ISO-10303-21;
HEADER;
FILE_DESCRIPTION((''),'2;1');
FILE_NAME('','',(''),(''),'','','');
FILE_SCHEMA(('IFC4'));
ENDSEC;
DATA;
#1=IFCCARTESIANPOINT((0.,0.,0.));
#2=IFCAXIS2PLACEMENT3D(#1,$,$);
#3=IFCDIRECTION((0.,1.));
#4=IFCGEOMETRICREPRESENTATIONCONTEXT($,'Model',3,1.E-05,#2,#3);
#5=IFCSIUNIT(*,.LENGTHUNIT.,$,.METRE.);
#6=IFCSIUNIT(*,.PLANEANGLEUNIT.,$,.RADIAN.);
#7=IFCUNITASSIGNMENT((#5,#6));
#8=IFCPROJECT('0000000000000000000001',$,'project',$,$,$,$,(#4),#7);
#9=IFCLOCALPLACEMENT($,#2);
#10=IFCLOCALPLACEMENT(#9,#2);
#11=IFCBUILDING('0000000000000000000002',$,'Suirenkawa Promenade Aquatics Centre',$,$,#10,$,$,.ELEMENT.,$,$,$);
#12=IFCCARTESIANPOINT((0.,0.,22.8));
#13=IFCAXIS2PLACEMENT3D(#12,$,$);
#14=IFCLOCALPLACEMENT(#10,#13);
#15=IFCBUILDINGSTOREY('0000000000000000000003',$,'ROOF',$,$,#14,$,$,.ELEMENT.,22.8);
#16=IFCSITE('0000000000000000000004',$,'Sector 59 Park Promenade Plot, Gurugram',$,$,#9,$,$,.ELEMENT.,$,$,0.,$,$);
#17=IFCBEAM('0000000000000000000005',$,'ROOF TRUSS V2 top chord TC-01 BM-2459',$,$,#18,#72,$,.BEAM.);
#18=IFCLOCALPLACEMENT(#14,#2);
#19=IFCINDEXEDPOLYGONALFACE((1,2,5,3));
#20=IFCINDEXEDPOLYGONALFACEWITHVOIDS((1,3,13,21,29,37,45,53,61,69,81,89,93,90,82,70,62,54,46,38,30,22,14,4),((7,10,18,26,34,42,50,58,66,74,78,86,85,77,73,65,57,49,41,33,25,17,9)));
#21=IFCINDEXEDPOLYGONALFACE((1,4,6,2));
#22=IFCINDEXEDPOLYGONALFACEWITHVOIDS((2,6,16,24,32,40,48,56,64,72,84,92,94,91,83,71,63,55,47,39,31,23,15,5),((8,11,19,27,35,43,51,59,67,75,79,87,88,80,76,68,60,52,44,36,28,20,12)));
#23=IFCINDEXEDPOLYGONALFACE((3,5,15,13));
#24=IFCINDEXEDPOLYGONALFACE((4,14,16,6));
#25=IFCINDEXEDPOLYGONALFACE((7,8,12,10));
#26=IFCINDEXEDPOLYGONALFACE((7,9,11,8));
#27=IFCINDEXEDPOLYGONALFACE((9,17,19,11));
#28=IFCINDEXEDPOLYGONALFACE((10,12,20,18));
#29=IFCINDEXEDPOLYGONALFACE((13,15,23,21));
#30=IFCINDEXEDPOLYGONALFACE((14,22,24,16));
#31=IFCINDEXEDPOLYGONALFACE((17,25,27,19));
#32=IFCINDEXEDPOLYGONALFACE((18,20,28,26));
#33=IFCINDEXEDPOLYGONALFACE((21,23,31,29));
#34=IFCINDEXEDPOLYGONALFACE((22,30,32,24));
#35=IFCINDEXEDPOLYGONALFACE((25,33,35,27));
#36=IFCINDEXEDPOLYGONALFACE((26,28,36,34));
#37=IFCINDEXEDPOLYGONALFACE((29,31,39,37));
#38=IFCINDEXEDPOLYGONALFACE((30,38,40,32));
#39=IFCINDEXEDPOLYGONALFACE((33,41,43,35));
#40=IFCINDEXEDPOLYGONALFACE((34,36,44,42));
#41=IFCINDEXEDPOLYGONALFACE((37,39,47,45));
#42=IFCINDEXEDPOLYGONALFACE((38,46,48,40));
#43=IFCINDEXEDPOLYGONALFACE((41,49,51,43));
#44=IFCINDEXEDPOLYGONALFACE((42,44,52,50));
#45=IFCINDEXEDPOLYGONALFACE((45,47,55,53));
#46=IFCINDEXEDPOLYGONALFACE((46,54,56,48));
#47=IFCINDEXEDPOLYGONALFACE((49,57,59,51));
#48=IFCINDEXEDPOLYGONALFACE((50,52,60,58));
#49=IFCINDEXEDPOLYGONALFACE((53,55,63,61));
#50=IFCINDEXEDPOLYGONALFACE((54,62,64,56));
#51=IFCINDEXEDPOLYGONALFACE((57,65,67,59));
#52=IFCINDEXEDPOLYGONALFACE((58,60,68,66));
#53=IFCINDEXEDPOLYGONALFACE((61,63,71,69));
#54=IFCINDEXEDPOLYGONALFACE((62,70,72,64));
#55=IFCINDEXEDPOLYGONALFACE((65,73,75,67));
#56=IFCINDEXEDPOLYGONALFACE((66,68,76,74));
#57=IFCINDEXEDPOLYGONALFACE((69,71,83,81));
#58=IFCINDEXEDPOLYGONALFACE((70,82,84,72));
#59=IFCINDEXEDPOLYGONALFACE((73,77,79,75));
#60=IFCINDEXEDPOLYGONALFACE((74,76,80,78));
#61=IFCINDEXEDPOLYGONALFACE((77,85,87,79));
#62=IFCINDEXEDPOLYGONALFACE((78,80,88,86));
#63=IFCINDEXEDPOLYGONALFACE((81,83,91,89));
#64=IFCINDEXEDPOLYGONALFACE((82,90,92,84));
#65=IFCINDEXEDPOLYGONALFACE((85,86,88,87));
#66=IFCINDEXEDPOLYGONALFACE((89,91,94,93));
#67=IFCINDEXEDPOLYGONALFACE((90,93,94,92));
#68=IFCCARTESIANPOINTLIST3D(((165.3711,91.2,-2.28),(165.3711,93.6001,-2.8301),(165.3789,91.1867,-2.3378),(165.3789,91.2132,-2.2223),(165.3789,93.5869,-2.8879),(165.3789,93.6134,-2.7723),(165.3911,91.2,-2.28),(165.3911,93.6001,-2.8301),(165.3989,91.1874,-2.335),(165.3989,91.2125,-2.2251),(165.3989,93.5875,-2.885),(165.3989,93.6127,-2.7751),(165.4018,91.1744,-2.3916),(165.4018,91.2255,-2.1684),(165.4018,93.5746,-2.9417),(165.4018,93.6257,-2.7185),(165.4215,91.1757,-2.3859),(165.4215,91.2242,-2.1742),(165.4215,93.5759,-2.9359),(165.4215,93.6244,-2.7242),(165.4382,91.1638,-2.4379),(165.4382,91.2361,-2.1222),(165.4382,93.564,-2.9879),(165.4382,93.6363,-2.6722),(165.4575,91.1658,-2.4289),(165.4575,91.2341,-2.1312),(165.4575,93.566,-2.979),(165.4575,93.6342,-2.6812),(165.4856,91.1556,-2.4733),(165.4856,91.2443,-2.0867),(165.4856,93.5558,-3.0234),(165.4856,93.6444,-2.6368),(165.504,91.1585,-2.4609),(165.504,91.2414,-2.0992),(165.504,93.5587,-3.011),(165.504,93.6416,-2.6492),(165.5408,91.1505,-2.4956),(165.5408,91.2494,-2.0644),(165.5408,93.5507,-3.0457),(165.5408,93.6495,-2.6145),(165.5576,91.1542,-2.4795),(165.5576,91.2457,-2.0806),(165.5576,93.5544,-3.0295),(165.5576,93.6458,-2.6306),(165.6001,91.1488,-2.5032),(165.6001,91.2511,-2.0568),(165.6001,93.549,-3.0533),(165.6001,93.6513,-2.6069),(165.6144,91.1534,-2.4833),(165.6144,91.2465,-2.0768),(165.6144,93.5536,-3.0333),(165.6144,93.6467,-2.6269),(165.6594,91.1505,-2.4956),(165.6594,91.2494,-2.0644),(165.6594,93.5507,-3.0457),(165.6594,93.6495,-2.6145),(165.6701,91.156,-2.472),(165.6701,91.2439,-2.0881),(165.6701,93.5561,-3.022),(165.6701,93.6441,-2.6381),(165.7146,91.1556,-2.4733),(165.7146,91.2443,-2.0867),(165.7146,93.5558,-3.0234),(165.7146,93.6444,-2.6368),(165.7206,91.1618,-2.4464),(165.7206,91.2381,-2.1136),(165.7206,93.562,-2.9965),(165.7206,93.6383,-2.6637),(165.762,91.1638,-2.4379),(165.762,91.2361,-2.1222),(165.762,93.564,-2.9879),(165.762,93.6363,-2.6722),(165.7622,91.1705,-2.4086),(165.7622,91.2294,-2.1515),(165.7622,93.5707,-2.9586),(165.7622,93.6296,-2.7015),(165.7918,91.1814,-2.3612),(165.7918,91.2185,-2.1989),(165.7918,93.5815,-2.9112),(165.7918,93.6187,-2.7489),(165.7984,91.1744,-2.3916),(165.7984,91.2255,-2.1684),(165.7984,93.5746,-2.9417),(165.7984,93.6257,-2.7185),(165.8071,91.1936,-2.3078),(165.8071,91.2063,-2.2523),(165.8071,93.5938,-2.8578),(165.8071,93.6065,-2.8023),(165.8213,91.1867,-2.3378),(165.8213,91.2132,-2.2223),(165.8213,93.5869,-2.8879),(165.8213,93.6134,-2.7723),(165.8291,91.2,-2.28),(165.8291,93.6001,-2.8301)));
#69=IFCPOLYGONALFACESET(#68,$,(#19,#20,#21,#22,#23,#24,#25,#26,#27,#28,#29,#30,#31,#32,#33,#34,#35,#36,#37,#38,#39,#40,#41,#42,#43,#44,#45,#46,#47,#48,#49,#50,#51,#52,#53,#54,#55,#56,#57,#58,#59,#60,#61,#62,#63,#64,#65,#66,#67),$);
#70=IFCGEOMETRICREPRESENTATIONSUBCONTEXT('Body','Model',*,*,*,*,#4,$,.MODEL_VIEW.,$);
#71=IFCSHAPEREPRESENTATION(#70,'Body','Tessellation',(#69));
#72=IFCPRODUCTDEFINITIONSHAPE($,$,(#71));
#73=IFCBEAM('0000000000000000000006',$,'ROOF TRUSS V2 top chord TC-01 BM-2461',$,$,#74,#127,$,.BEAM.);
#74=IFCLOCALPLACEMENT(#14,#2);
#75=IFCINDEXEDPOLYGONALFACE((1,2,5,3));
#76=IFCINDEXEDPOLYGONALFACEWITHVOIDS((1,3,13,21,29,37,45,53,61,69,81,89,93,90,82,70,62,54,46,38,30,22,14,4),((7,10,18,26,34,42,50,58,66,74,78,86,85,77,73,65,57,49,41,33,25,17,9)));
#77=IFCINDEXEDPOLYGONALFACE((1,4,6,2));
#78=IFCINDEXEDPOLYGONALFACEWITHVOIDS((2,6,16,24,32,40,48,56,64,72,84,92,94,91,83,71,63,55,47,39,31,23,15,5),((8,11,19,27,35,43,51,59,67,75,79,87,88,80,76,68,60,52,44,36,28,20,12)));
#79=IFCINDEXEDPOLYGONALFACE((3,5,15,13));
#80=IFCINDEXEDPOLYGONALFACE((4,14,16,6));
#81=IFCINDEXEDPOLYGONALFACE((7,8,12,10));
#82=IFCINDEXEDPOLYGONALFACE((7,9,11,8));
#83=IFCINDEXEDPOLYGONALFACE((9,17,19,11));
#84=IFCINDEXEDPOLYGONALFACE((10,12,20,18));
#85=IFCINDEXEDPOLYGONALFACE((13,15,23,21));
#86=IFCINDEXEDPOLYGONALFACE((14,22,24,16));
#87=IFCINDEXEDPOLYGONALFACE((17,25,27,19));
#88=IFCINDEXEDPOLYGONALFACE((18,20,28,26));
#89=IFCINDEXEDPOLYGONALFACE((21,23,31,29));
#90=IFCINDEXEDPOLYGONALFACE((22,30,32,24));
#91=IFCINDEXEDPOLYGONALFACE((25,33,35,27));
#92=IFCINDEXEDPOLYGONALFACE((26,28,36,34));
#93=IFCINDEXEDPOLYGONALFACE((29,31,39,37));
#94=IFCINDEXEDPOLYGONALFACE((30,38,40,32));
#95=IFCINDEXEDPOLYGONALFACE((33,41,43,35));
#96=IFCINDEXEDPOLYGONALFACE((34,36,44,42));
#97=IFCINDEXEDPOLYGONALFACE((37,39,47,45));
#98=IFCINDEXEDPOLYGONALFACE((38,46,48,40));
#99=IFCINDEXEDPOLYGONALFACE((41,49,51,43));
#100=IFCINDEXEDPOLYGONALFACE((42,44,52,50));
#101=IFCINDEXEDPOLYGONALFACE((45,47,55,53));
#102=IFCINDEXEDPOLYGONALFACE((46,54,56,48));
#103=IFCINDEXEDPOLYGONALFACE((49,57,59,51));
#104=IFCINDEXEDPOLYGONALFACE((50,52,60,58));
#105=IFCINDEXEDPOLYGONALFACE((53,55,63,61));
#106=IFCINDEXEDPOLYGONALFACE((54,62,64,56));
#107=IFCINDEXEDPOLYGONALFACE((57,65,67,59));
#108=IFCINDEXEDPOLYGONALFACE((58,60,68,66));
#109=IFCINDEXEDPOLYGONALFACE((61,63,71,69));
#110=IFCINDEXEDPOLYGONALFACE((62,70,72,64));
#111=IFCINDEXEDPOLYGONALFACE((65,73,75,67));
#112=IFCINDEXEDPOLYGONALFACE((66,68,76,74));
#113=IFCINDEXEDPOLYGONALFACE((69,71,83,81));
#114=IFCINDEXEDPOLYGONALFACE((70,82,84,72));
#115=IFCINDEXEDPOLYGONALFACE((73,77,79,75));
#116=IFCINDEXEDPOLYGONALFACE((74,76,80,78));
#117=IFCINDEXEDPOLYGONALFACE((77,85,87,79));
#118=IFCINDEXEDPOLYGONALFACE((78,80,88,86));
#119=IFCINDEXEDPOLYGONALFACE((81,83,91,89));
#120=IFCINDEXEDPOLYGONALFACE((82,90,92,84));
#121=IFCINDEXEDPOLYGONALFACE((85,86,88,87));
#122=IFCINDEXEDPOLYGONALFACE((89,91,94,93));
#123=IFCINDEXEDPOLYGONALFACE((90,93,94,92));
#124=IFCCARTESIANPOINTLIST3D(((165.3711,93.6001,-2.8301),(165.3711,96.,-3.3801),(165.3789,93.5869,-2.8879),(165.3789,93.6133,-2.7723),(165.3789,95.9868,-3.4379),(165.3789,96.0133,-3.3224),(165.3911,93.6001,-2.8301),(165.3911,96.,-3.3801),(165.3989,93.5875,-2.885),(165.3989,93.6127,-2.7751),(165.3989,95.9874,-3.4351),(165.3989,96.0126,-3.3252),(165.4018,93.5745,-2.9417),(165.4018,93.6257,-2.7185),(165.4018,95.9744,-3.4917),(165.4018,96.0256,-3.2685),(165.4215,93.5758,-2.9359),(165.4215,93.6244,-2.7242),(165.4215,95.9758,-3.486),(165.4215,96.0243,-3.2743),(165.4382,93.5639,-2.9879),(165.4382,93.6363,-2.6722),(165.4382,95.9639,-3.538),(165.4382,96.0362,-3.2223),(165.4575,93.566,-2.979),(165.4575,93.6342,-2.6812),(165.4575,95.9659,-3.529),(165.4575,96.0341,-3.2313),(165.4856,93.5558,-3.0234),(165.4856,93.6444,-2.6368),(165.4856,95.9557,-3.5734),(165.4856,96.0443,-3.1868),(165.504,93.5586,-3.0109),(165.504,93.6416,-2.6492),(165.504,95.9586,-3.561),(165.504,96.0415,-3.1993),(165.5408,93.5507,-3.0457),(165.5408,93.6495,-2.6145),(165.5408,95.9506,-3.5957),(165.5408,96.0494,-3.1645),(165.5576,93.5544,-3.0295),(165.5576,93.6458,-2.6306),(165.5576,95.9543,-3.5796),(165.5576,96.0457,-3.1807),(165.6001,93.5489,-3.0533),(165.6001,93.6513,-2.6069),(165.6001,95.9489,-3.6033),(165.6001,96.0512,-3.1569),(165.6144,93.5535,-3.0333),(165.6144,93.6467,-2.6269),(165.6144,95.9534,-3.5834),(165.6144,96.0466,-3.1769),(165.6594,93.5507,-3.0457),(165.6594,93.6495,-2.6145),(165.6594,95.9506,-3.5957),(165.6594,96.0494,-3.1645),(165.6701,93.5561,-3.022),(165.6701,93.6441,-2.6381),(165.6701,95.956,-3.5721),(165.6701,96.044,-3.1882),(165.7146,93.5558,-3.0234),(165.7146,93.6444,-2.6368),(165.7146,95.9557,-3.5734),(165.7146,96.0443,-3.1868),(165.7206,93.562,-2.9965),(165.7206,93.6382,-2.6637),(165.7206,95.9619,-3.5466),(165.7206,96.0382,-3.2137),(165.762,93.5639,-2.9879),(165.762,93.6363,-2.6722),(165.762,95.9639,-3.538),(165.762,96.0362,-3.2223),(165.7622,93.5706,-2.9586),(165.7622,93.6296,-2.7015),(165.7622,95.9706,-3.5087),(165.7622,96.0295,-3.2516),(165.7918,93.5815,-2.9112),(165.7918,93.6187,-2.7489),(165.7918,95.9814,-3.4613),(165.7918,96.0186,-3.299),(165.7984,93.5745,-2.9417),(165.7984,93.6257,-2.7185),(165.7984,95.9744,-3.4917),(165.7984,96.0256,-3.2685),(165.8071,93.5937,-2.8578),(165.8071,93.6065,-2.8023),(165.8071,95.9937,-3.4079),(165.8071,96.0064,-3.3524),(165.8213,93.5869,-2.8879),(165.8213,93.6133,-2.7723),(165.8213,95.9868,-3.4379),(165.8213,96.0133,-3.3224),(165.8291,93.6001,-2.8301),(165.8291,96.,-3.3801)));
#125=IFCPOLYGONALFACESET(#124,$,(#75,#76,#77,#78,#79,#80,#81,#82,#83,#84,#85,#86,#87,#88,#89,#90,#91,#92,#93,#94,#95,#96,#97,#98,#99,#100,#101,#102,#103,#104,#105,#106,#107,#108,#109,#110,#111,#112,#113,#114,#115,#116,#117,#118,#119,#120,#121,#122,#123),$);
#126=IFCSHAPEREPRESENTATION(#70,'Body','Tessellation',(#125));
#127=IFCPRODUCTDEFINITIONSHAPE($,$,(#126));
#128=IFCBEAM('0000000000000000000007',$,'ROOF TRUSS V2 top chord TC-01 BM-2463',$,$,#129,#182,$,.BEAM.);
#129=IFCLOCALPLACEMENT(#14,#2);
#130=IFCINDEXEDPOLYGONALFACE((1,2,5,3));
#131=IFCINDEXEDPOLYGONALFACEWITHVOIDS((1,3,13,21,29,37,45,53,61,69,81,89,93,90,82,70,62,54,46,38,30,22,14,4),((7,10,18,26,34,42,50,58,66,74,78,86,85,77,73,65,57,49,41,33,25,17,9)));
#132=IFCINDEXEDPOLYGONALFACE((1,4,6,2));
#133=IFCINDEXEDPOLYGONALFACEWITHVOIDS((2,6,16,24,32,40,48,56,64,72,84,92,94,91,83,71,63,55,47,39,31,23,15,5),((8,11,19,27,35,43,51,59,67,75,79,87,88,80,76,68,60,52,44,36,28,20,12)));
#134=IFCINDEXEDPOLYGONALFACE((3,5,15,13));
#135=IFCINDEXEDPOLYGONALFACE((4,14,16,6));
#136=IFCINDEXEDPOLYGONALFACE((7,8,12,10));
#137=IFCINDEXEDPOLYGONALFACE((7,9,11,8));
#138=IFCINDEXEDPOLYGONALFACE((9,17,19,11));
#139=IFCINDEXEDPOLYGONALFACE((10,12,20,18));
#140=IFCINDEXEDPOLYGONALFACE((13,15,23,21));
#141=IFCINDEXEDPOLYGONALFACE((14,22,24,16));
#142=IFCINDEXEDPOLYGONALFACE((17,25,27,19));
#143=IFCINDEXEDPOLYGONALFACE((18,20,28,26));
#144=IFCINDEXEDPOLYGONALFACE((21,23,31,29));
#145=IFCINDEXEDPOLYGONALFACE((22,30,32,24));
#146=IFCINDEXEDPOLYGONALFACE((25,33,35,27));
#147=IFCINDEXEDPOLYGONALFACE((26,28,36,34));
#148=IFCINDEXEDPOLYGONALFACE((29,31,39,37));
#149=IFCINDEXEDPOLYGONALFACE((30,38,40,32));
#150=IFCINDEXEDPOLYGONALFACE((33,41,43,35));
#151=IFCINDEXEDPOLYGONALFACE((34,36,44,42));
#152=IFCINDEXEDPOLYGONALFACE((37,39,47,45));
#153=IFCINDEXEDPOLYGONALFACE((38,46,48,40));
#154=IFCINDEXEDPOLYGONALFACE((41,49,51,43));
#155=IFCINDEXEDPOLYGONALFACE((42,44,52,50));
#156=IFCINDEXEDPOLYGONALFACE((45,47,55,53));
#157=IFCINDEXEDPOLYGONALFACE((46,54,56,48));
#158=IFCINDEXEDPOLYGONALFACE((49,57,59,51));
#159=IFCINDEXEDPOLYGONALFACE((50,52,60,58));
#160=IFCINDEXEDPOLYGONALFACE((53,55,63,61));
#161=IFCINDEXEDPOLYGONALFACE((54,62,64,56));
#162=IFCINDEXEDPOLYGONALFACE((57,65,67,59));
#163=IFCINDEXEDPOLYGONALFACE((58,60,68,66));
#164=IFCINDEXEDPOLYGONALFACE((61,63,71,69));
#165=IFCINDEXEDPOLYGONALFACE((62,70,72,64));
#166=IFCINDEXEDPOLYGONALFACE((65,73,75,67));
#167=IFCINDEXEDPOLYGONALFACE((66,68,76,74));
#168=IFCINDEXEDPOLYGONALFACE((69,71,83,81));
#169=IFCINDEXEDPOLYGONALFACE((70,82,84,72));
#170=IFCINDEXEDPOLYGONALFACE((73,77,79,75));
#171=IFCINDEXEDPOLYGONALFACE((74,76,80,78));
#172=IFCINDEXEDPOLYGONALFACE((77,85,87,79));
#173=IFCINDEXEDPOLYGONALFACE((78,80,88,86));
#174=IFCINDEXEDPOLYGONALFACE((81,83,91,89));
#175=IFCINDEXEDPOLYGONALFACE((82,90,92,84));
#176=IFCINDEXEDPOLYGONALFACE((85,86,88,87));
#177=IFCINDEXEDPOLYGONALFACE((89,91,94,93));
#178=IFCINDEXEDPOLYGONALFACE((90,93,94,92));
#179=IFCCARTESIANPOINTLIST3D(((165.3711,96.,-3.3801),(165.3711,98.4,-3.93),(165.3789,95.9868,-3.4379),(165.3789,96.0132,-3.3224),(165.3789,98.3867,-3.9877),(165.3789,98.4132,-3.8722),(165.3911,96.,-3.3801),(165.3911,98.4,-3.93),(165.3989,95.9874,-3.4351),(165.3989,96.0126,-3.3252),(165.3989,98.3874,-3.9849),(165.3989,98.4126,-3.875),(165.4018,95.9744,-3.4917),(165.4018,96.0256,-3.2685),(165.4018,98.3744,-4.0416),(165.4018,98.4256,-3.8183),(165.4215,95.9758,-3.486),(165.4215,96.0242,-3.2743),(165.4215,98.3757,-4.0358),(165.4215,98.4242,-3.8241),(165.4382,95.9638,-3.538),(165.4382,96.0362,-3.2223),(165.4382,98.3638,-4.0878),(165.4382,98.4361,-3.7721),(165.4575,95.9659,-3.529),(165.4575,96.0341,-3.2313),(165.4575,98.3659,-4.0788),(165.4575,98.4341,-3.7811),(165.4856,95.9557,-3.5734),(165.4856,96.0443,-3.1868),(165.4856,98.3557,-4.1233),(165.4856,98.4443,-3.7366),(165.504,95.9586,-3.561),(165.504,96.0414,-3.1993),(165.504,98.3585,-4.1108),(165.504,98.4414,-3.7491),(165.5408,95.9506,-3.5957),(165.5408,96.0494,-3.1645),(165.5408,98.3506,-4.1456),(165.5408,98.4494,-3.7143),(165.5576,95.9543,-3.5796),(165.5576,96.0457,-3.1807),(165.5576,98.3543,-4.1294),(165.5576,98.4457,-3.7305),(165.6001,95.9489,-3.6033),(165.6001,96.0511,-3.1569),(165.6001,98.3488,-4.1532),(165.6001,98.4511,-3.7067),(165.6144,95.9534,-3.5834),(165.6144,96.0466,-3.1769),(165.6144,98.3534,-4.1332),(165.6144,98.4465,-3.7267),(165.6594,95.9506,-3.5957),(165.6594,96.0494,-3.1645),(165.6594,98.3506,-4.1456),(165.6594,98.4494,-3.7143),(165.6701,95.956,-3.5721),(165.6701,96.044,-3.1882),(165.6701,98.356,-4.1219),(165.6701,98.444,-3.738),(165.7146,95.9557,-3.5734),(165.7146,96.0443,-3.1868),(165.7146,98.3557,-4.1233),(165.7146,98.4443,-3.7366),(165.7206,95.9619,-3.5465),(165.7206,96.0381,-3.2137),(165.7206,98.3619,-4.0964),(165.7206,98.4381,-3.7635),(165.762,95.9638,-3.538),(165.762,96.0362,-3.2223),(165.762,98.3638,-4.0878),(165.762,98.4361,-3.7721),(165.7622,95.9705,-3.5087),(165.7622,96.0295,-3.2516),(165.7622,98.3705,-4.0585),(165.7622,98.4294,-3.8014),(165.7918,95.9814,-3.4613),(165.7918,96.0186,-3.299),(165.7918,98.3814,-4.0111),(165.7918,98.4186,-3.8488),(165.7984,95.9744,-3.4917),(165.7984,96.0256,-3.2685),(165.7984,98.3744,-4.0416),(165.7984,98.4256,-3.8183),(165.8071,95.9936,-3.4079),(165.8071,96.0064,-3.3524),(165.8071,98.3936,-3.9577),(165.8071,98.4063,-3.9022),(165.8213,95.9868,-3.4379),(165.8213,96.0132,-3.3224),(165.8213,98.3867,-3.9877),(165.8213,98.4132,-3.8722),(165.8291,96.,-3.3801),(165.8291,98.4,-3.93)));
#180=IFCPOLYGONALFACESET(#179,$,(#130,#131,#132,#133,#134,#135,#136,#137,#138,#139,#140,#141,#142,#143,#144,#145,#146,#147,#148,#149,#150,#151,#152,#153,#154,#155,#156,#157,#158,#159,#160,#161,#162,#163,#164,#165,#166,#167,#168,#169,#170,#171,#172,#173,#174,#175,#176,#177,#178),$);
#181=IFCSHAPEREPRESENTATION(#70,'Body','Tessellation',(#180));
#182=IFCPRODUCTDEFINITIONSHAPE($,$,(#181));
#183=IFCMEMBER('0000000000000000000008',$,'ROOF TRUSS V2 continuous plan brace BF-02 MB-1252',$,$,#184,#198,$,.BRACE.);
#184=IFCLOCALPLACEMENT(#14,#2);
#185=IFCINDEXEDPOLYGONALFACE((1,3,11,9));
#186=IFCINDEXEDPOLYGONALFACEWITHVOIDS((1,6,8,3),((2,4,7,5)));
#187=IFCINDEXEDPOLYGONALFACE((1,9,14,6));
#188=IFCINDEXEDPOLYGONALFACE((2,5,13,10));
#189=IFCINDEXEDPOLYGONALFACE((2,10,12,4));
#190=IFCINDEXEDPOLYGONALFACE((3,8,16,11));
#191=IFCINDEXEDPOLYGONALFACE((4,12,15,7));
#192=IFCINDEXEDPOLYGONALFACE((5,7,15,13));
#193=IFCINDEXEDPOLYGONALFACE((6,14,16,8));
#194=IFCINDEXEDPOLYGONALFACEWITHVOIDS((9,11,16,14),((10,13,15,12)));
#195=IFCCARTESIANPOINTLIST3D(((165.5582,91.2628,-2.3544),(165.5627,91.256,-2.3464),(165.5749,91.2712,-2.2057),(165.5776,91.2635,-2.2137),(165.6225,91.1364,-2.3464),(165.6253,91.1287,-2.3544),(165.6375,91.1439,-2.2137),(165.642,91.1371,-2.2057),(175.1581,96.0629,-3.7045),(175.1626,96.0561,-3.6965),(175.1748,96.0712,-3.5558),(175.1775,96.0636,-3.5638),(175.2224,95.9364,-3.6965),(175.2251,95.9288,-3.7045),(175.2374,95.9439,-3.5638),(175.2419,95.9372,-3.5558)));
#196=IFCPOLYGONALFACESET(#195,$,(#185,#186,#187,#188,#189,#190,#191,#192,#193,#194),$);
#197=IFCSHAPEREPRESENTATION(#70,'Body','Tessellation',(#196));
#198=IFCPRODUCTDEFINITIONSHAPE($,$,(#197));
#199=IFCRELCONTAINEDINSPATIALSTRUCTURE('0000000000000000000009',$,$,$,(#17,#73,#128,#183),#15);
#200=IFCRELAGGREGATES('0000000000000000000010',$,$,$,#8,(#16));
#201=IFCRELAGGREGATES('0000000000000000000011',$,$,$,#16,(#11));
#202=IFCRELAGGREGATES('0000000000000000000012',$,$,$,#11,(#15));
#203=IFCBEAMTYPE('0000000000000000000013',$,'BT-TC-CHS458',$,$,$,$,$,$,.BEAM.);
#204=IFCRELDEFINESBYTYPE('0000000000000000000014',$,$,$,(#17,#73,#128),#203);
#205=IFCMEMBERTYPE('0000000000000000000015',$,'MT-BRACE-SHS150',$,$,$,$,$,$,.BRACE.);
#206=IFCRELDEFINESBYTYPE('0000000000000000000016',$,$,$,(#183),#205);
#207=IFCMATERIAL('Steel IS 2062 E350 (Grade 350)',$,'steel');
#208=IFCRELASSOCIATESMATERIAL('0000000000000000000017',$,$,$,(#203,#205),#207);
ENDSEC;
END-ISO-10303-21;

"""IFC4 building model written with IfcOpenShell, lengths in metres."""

from ifc_helpers import new_model, si_unit, direction, frame, origin, origin_2d, place, context, subcontext, project, spatial, hollow_rectangle, hollow_circle, extrude, material, material_profile, profile_set, type_object, element, save


model = new_model("IFC4")

# Units and contexts
model_context = context("Model", 3, precision=1e-05, world=origin(), true_north=direction((0.0, 1.0)))
body_context = subcontext(model_context, "Body", "Model", "MODEL_VIEW")
ifc_project = project(units=[si_unit("LENGTHUNIT", "METRE"), si_unit("PLANEANGLEUNIT", "RADIAN")], contexts=[model_context])

# Site, building, storey
site_placement = place(None, origin())
site = spatial("IfcSite", under=ifc_project, at=site_placement, Name="Sector 59 Park Promenade Plot, Gurugram", CompositionType="ELEMENT", RefElevation=0.0)
building_placement = place(site_placement, origin())
building = spatial("IfcBuilding", under=site, at=building_placement, Name="Suirenkawa Promenade Aquatics Centre", CompositionType="ELEMENT")
storey_placement = place(building_placement, frame((0.0, 0.0, 22.8)))
storey = spatial("IfcBuildingStorey", under=building, at=storey_placement, Name="ROOF", CompositionType="ELEMENT", Elevation=22.8)

# Beams
ifc_material = material(Name="Steel IS 2062 E350 (Grade 350)", Category="steel")
ifc_material_profile_1 = material_profile(ifc_material, hollow_circle(Radius=0.229, WallThickness=0.02, at=origin_2d()), Name="CHS 458x20", Category="steel")
ifc_profile_set_1 = profile_set([ifc_material_profile_1], Name="Steel IS 2062 E350 (Grade 350)")
beam_type_1 = type_object("IfcBeamType", Name="BT-TC-CHS458", PredefinedType="BEAM", material=ifc_profile_set_1)
beam_1_placement = place(storey_placement, frame((165.6001, 91.2, -2.28), z_axis=(0.0, 0.974731, -0.223382), x_axis=(-1.0, 0.0, 0.0)))
element("IfcBeam", 1, at=beam_1_placement, inside=storey, type_object=beam_type_1, Name="ROOF TRUSS V2 top chord TC-01 BM-2459", PredefinedType="BEAM", context=body_context, shape_type="SweptSolid", body=[
    extrude(hollow_circle(Radius=0.229, WallThickness=0.02, at=origin_2d()), origin(), (0.0, 0.0, 1.0), 2.4624),
])
for number, where, z_axis, x_axis, name in (
    (2, (165.6001, 93.6001, -2.8301), (0.0, 0.974726, -0.223404), (-1.0, 0.0, 0.0), "ROOF TRUSS V2 top chord TC-01 BM-2461"),
    (3, (165.6001, 96.0, -3.3801), (0.0, 0.974748, -0.223309), (-1.0, 0.0, 0.0), "ROOF TRUSS V2 top chord TC-01 BM-2463"),
):
    element("IfcBeam", number, at=place(storey_placement, frame(where, z_axis=z_axis, x_axis=x_axis)), inside=storey, type_object=beam_type_1, Name=name, PredefinedType="BEAM", context=body_context, shape_type="SweptSolid", body=[
        extrude(hollow_circle(Radius=0.229, WallThickness=0.02, at=origin_2d()), origin(), (0.0, 0.0, 1.0), 2.4622),
    ])

# Member
ifc_material_profile_2 = material_profile(ifc_material, hollow_rectangle(XDim=0.1499, YDim=0.1499, WallThickness=0.0081, at=origin_2d()), Name="SHS 150x150x8", Category="steel")
ifc_profile_set_2 = profile_set([ifc_material_profile_2], Name="Steel IS 2062 E350 (Grade 350)")
member_type_1 = type_object("IfcMemberType", Name="MT-BRACE-SHS150", PredefinedType="BRACE", material=ifc_profile_set_2)
member_1_placement = place(storey_placement, frame((165.6001, 91.2, -2.28), z_axis=(0.887429, 0.443726, -0.124806), x_axis=(-0.447223, 0.894423, 0.0)))
element("IfcMember", 4, at=member_1_placement, inside=storey, type_object=member_type_1, Name="ROOF TRUSS V2 continuous plan brace BF-02 MB-1252", PredefinedType="BRACE", context=body_context, shape_type="SweptSolid", body=[
    extrude(hollow_rectangle(XDim=0.1499, YDim=0.1499, WallThickness=0.0081, at=origin_2d()), origin(), (0.0, 0.0, 1.0), 10.8176),
])

save(model, "model.ifc")
